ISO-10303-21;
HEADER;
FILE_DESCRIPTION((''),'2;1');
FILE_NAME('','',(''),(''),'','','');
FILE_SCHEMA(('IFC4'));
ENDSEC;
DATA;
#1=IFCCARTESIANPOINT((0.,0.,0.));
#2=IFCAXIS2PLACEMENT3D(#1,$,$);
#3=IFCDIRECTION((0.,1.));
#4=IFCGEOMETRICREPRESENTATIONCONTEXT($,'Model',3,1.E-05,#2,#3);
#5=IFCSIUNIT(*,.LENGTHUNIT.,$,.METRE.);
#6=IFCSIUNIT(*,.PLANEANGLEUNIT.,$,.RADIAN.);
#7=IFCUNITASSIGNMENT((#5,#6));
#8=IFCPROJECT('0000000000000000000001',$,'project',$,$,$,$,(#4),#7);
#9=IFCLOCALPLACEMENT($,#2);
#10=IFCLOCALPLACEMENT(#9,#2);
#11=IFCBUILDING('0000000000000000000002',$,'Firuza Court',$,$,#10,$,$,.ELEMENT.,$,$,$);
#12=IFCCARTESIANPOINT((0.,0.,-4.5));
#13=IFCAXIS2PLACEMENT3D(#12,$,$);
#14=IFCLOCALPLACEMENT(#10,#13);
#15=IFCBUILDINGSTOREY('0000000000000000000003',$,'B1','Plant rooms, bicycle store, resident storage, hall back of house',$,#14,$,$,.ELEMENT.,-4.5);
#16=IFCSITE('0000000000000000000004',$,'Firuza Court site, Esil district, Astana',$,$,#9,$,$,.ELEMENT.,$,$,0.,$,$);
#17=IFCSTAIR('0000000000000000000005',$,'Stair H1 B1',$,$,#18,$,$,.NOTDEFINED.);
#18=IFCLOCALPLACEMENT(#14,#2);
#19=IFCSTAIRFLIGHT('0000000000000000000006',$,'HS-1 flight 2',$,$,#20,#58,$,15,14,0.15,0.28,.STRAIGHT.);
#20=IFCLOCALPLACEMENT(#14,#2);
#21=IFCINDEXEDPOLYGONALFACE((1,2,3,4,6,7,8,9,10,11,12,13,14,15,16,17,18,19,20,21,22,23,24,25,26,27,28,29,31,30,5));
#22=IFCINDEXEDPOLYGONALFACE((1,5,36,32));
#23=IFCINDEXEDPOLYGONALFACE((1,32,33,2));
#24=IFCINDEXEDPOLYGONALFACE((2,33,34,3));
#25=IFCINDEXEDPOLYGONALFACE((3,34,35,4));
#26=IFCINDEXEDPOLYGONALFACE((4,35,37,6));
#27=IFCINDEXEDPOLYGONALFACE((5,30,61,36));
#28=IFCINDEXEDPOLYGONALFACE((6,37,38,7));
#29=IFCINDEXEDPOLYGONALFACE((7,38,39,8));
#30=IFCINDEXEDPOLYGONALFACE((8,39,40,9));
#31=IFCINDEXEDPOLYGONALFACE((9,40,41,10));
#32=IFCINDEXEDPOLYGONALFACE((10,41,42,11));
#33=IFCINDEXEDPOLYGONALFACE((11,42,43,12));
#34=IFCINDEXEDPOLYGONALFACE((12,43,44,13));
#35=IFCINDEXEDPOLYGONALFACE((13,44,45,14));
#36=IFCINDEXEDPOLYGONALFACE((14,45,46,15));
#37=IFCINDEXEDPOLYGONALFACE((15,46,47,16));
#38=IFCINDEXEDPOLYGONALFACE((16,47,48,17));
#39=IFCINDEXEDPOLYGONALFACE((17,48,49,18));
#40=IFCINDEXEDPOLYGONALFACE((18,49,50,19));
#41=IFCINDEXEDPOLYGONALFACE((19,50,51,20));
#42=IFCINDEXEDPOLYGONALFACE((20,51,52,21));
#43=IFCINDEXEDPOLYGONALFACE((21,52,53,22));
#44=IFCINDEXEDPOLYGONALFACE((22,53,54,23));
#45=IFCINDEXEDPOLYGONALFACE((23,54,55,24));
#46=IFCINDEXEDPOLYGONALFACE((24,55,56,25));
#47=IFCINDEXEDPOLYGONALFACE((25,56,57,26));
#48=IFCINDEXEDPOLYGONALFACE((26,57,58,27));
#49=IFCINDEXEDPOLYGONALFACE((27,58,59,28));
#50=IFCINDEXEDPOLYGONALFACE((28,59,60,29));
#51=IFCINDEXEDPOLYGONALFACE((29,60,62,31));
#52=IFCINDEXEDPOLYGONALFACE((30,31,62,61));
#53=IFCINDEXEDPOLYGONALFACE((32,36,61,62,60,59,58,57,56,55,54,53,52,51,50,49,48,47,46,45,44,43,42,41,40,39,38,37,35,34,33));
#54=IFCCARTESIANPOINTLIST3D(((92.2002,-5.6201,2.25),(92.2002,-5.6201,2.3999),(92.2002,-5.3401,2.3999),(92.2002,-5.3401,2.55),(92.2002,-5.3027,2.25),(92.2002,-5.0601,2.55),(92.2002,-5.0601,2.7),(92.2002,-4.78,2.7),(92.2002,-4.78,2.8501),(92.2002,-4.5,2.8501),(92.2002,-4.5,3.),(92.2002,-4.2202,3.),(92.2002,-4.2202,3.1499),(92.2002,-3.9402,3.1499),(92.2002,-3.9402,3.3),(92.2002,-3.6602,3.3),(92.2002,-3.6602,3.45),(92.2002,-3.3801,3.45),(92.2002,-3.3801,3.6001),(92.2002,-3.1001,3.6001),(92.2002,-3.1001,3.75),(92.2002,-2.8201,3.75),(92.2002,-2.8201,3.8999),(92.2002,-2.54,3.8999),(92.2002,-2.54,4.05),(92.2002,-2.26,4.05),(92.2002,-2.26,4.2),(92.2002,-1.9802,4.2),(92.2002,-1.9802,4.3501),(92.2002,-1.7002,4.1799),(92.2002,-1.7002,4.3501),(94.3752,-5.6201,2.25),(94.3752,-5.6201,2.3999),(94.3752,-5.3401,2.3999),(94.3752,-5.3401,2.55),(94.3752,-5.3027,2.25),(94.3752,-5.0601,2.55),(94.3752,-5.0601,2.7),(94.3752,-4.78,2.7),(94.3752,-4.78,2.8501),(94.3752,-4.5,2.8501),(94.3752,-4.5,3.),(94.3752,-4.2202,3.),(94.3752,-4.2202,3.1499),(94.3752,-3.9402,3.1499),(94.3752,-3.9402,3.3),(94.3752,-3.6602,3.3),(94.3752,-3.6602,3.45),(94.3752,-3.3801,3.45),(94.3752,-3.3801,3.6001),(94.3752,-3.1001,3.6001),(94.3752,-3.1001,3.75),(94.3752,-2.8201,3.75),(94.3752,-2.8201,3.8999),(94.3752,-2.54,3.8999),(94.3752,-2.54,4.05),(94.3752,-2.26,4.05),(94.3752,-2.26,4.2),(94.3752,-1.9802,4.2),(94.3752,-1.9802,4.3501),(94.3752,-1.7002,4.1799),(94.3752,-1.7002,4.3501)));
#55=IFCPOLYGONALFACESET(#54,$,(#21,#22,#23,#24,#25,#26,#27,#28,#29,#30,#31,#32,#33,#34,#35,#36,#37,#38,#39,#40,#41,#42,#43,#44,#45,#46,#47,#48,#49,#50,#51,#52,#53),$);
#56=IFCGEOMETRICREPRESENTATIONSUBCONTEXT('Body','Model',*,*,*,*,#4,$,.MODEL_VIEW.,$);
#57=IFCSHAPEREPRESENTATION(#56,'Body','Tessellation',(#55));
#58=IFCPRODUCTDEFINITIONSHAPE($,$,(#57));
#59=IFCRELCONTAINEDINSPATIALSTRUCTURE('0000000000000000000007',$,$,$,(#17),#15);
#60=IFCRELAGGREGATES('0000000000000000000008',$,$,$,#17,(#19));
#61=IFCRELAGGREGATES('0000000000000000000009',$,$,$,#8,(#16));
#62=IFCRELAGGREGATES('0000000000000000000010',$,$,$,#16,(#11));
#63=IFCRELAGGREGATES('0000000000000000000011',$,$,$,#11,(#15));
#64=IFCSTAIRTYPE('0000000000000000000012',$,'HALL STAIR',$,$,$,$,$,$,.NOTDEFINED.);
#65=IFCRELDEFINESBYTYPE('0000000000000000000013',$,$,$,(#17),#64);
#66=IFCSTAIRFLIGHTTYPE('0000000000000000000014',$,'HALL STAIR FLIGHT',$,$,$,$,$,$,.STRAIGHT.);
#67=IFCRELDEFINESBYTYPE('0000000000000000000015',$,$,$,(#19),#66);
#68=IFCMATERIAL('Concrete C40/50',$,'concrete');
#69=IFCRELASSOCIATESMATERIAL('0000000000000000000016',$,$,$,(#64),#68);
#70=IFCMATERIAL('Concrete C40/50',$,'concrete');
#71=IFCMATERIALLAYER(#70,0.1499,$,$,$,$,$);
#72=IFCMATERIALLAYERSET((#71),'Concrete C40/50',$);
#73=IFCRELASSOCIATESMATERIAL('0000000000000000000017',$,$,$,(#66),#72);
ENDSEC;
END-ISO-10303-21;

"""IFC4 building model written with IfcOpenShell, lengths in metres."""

from ifc_helpers import new_model, si_unit, direction, frame, origin, place, context, subcontext, project, spatial, polyline, outline, extrude, material, layer, layer_set, type_object, element, aggregate, save


model = new_model("IFC4")

# Units and contexts
model_context = context("Model", 3, precision=1e-05, world=origin(), true_north=direction((0.0, 1.0)))
body_context = subcontext(model_context, "Body", "Model", "MODEL_VIEW")
ifc_project = project(units=[si_unit("LENGTHUNIT", "METRE"), si_unit("PLANEANGLEUNIT", "RADIAN")], contexts=[model_context])

# Site, building, storey
site_placement = place(None, origin())
site = spatial("IfcSite", under=ifc_project, at=site_placement, Name="Firuza Court site, Esil district, Astana", CompositionType="ELEMENT", RefElevation=0.0)
building_placement = place(site_placement, origin())
building = spatial("IfcBuilding", under=site, at=building_placement, Name="Firuza Court", CompositionType="ELEMENT")
storey_placement = place(building_placement, frame((0.0, 0.0, -4.5)))
storey = spatial("IfcBuildingStorey", under=building, at=storey_placement, Name="B1", Description="Plant rooms, bicycle store, resident storage, hall back of house", CompositionType="ELEMENT", Elevation=-4.5)

# Shared definitions
ifc_material_1 = material(Name="Concrete C40/50", Category="concrete")

# Stair, stair flight
ifc_material_2 = material(Name="Concrete C40/50", Category="concrete")
stair_type = type_object("IfcStairType", Name="HALL STAIR", PredefinedType="NOTDEFINED", material=ifc_material_2)
stair_placement = place(storey_placement, origin())
stair = element("IfcStair", 1, at=stair_placement, inside=storey, type_object=stair_type, Name="Stair H1 B1", PredefinedType="NOTDEFINED")
ifc_layer_1 = layer(ifc_material_1, 0.1499)
ifc_layer_set_1 = layer_set([ifc_layer_1], Name="Concrete C40/50")
stair_flight_type = type_object("IfcStairFlightType", Name="HALL STAIR FLIGHT", PredefinedType="STRAIGHT", material=ifc_layer_set_1)
stair_flight_placement = place(storey_placement, frame((93.2876, -5.6201, 2.25), z_axis=(0.0, 0.0, 1.0), x_axis=(0.0, 1.0, 0.0)))
stair_flight = element("IfcStairFlight", 2, at=stair_flight_placement, type_object=stair_flight_type, Name="HS-1 flight 2", NumberOfRisers=15, NumberOfTreads=14, PredefinedType="STRAIGHT", RiserHeight=0.15, TreadLength=0.28, context=body_context, shape_type="SweptSolid", body=[
    extrude(outline(polyline([(0.0, 0.0), (0.0, 0.1499), (0.28, 0.1499), (0.28, 0.3), (0.5601, 0.3), (0.5601, 0.45), (0.8401, 0.45), (0.8401, 0.6001), (1.1201, 0.6001), (1.1201, 0.75), (1.3999, 0.75), (1.3999, 0.8999), (1.6799, 0.8999), (1.6799, 1.05), (1.96, 1.05), (1.96, 1.2), (2.24, 1.2), (2.24, 1.3501), (2.52, 1.3501), (2.52, 1.5), (2.8, 1.5), (2.8, 1.6499), (3.0801, 1.6499), (3.0801, 1.8), (3.3601, 1.8), (3.3601, 1.95), (3.6399, 1.95), (3.6399, 2.1001), (3.9199, 2.1001), (3.9199, 2.25), (3.9199, 1.9299), (0.3174, 0.0), (0.0, 0.0)])), frame((0.0, 1.0874, 0.0), z_axis=(0.0, -1.0, 0.0), x_axis=(1.0, 0.0, 0.0)), (0.0, 0.0, 1.0), 2.175),
])
aggregate(stair, [stair_flight])

save(model, "model.ifc")
